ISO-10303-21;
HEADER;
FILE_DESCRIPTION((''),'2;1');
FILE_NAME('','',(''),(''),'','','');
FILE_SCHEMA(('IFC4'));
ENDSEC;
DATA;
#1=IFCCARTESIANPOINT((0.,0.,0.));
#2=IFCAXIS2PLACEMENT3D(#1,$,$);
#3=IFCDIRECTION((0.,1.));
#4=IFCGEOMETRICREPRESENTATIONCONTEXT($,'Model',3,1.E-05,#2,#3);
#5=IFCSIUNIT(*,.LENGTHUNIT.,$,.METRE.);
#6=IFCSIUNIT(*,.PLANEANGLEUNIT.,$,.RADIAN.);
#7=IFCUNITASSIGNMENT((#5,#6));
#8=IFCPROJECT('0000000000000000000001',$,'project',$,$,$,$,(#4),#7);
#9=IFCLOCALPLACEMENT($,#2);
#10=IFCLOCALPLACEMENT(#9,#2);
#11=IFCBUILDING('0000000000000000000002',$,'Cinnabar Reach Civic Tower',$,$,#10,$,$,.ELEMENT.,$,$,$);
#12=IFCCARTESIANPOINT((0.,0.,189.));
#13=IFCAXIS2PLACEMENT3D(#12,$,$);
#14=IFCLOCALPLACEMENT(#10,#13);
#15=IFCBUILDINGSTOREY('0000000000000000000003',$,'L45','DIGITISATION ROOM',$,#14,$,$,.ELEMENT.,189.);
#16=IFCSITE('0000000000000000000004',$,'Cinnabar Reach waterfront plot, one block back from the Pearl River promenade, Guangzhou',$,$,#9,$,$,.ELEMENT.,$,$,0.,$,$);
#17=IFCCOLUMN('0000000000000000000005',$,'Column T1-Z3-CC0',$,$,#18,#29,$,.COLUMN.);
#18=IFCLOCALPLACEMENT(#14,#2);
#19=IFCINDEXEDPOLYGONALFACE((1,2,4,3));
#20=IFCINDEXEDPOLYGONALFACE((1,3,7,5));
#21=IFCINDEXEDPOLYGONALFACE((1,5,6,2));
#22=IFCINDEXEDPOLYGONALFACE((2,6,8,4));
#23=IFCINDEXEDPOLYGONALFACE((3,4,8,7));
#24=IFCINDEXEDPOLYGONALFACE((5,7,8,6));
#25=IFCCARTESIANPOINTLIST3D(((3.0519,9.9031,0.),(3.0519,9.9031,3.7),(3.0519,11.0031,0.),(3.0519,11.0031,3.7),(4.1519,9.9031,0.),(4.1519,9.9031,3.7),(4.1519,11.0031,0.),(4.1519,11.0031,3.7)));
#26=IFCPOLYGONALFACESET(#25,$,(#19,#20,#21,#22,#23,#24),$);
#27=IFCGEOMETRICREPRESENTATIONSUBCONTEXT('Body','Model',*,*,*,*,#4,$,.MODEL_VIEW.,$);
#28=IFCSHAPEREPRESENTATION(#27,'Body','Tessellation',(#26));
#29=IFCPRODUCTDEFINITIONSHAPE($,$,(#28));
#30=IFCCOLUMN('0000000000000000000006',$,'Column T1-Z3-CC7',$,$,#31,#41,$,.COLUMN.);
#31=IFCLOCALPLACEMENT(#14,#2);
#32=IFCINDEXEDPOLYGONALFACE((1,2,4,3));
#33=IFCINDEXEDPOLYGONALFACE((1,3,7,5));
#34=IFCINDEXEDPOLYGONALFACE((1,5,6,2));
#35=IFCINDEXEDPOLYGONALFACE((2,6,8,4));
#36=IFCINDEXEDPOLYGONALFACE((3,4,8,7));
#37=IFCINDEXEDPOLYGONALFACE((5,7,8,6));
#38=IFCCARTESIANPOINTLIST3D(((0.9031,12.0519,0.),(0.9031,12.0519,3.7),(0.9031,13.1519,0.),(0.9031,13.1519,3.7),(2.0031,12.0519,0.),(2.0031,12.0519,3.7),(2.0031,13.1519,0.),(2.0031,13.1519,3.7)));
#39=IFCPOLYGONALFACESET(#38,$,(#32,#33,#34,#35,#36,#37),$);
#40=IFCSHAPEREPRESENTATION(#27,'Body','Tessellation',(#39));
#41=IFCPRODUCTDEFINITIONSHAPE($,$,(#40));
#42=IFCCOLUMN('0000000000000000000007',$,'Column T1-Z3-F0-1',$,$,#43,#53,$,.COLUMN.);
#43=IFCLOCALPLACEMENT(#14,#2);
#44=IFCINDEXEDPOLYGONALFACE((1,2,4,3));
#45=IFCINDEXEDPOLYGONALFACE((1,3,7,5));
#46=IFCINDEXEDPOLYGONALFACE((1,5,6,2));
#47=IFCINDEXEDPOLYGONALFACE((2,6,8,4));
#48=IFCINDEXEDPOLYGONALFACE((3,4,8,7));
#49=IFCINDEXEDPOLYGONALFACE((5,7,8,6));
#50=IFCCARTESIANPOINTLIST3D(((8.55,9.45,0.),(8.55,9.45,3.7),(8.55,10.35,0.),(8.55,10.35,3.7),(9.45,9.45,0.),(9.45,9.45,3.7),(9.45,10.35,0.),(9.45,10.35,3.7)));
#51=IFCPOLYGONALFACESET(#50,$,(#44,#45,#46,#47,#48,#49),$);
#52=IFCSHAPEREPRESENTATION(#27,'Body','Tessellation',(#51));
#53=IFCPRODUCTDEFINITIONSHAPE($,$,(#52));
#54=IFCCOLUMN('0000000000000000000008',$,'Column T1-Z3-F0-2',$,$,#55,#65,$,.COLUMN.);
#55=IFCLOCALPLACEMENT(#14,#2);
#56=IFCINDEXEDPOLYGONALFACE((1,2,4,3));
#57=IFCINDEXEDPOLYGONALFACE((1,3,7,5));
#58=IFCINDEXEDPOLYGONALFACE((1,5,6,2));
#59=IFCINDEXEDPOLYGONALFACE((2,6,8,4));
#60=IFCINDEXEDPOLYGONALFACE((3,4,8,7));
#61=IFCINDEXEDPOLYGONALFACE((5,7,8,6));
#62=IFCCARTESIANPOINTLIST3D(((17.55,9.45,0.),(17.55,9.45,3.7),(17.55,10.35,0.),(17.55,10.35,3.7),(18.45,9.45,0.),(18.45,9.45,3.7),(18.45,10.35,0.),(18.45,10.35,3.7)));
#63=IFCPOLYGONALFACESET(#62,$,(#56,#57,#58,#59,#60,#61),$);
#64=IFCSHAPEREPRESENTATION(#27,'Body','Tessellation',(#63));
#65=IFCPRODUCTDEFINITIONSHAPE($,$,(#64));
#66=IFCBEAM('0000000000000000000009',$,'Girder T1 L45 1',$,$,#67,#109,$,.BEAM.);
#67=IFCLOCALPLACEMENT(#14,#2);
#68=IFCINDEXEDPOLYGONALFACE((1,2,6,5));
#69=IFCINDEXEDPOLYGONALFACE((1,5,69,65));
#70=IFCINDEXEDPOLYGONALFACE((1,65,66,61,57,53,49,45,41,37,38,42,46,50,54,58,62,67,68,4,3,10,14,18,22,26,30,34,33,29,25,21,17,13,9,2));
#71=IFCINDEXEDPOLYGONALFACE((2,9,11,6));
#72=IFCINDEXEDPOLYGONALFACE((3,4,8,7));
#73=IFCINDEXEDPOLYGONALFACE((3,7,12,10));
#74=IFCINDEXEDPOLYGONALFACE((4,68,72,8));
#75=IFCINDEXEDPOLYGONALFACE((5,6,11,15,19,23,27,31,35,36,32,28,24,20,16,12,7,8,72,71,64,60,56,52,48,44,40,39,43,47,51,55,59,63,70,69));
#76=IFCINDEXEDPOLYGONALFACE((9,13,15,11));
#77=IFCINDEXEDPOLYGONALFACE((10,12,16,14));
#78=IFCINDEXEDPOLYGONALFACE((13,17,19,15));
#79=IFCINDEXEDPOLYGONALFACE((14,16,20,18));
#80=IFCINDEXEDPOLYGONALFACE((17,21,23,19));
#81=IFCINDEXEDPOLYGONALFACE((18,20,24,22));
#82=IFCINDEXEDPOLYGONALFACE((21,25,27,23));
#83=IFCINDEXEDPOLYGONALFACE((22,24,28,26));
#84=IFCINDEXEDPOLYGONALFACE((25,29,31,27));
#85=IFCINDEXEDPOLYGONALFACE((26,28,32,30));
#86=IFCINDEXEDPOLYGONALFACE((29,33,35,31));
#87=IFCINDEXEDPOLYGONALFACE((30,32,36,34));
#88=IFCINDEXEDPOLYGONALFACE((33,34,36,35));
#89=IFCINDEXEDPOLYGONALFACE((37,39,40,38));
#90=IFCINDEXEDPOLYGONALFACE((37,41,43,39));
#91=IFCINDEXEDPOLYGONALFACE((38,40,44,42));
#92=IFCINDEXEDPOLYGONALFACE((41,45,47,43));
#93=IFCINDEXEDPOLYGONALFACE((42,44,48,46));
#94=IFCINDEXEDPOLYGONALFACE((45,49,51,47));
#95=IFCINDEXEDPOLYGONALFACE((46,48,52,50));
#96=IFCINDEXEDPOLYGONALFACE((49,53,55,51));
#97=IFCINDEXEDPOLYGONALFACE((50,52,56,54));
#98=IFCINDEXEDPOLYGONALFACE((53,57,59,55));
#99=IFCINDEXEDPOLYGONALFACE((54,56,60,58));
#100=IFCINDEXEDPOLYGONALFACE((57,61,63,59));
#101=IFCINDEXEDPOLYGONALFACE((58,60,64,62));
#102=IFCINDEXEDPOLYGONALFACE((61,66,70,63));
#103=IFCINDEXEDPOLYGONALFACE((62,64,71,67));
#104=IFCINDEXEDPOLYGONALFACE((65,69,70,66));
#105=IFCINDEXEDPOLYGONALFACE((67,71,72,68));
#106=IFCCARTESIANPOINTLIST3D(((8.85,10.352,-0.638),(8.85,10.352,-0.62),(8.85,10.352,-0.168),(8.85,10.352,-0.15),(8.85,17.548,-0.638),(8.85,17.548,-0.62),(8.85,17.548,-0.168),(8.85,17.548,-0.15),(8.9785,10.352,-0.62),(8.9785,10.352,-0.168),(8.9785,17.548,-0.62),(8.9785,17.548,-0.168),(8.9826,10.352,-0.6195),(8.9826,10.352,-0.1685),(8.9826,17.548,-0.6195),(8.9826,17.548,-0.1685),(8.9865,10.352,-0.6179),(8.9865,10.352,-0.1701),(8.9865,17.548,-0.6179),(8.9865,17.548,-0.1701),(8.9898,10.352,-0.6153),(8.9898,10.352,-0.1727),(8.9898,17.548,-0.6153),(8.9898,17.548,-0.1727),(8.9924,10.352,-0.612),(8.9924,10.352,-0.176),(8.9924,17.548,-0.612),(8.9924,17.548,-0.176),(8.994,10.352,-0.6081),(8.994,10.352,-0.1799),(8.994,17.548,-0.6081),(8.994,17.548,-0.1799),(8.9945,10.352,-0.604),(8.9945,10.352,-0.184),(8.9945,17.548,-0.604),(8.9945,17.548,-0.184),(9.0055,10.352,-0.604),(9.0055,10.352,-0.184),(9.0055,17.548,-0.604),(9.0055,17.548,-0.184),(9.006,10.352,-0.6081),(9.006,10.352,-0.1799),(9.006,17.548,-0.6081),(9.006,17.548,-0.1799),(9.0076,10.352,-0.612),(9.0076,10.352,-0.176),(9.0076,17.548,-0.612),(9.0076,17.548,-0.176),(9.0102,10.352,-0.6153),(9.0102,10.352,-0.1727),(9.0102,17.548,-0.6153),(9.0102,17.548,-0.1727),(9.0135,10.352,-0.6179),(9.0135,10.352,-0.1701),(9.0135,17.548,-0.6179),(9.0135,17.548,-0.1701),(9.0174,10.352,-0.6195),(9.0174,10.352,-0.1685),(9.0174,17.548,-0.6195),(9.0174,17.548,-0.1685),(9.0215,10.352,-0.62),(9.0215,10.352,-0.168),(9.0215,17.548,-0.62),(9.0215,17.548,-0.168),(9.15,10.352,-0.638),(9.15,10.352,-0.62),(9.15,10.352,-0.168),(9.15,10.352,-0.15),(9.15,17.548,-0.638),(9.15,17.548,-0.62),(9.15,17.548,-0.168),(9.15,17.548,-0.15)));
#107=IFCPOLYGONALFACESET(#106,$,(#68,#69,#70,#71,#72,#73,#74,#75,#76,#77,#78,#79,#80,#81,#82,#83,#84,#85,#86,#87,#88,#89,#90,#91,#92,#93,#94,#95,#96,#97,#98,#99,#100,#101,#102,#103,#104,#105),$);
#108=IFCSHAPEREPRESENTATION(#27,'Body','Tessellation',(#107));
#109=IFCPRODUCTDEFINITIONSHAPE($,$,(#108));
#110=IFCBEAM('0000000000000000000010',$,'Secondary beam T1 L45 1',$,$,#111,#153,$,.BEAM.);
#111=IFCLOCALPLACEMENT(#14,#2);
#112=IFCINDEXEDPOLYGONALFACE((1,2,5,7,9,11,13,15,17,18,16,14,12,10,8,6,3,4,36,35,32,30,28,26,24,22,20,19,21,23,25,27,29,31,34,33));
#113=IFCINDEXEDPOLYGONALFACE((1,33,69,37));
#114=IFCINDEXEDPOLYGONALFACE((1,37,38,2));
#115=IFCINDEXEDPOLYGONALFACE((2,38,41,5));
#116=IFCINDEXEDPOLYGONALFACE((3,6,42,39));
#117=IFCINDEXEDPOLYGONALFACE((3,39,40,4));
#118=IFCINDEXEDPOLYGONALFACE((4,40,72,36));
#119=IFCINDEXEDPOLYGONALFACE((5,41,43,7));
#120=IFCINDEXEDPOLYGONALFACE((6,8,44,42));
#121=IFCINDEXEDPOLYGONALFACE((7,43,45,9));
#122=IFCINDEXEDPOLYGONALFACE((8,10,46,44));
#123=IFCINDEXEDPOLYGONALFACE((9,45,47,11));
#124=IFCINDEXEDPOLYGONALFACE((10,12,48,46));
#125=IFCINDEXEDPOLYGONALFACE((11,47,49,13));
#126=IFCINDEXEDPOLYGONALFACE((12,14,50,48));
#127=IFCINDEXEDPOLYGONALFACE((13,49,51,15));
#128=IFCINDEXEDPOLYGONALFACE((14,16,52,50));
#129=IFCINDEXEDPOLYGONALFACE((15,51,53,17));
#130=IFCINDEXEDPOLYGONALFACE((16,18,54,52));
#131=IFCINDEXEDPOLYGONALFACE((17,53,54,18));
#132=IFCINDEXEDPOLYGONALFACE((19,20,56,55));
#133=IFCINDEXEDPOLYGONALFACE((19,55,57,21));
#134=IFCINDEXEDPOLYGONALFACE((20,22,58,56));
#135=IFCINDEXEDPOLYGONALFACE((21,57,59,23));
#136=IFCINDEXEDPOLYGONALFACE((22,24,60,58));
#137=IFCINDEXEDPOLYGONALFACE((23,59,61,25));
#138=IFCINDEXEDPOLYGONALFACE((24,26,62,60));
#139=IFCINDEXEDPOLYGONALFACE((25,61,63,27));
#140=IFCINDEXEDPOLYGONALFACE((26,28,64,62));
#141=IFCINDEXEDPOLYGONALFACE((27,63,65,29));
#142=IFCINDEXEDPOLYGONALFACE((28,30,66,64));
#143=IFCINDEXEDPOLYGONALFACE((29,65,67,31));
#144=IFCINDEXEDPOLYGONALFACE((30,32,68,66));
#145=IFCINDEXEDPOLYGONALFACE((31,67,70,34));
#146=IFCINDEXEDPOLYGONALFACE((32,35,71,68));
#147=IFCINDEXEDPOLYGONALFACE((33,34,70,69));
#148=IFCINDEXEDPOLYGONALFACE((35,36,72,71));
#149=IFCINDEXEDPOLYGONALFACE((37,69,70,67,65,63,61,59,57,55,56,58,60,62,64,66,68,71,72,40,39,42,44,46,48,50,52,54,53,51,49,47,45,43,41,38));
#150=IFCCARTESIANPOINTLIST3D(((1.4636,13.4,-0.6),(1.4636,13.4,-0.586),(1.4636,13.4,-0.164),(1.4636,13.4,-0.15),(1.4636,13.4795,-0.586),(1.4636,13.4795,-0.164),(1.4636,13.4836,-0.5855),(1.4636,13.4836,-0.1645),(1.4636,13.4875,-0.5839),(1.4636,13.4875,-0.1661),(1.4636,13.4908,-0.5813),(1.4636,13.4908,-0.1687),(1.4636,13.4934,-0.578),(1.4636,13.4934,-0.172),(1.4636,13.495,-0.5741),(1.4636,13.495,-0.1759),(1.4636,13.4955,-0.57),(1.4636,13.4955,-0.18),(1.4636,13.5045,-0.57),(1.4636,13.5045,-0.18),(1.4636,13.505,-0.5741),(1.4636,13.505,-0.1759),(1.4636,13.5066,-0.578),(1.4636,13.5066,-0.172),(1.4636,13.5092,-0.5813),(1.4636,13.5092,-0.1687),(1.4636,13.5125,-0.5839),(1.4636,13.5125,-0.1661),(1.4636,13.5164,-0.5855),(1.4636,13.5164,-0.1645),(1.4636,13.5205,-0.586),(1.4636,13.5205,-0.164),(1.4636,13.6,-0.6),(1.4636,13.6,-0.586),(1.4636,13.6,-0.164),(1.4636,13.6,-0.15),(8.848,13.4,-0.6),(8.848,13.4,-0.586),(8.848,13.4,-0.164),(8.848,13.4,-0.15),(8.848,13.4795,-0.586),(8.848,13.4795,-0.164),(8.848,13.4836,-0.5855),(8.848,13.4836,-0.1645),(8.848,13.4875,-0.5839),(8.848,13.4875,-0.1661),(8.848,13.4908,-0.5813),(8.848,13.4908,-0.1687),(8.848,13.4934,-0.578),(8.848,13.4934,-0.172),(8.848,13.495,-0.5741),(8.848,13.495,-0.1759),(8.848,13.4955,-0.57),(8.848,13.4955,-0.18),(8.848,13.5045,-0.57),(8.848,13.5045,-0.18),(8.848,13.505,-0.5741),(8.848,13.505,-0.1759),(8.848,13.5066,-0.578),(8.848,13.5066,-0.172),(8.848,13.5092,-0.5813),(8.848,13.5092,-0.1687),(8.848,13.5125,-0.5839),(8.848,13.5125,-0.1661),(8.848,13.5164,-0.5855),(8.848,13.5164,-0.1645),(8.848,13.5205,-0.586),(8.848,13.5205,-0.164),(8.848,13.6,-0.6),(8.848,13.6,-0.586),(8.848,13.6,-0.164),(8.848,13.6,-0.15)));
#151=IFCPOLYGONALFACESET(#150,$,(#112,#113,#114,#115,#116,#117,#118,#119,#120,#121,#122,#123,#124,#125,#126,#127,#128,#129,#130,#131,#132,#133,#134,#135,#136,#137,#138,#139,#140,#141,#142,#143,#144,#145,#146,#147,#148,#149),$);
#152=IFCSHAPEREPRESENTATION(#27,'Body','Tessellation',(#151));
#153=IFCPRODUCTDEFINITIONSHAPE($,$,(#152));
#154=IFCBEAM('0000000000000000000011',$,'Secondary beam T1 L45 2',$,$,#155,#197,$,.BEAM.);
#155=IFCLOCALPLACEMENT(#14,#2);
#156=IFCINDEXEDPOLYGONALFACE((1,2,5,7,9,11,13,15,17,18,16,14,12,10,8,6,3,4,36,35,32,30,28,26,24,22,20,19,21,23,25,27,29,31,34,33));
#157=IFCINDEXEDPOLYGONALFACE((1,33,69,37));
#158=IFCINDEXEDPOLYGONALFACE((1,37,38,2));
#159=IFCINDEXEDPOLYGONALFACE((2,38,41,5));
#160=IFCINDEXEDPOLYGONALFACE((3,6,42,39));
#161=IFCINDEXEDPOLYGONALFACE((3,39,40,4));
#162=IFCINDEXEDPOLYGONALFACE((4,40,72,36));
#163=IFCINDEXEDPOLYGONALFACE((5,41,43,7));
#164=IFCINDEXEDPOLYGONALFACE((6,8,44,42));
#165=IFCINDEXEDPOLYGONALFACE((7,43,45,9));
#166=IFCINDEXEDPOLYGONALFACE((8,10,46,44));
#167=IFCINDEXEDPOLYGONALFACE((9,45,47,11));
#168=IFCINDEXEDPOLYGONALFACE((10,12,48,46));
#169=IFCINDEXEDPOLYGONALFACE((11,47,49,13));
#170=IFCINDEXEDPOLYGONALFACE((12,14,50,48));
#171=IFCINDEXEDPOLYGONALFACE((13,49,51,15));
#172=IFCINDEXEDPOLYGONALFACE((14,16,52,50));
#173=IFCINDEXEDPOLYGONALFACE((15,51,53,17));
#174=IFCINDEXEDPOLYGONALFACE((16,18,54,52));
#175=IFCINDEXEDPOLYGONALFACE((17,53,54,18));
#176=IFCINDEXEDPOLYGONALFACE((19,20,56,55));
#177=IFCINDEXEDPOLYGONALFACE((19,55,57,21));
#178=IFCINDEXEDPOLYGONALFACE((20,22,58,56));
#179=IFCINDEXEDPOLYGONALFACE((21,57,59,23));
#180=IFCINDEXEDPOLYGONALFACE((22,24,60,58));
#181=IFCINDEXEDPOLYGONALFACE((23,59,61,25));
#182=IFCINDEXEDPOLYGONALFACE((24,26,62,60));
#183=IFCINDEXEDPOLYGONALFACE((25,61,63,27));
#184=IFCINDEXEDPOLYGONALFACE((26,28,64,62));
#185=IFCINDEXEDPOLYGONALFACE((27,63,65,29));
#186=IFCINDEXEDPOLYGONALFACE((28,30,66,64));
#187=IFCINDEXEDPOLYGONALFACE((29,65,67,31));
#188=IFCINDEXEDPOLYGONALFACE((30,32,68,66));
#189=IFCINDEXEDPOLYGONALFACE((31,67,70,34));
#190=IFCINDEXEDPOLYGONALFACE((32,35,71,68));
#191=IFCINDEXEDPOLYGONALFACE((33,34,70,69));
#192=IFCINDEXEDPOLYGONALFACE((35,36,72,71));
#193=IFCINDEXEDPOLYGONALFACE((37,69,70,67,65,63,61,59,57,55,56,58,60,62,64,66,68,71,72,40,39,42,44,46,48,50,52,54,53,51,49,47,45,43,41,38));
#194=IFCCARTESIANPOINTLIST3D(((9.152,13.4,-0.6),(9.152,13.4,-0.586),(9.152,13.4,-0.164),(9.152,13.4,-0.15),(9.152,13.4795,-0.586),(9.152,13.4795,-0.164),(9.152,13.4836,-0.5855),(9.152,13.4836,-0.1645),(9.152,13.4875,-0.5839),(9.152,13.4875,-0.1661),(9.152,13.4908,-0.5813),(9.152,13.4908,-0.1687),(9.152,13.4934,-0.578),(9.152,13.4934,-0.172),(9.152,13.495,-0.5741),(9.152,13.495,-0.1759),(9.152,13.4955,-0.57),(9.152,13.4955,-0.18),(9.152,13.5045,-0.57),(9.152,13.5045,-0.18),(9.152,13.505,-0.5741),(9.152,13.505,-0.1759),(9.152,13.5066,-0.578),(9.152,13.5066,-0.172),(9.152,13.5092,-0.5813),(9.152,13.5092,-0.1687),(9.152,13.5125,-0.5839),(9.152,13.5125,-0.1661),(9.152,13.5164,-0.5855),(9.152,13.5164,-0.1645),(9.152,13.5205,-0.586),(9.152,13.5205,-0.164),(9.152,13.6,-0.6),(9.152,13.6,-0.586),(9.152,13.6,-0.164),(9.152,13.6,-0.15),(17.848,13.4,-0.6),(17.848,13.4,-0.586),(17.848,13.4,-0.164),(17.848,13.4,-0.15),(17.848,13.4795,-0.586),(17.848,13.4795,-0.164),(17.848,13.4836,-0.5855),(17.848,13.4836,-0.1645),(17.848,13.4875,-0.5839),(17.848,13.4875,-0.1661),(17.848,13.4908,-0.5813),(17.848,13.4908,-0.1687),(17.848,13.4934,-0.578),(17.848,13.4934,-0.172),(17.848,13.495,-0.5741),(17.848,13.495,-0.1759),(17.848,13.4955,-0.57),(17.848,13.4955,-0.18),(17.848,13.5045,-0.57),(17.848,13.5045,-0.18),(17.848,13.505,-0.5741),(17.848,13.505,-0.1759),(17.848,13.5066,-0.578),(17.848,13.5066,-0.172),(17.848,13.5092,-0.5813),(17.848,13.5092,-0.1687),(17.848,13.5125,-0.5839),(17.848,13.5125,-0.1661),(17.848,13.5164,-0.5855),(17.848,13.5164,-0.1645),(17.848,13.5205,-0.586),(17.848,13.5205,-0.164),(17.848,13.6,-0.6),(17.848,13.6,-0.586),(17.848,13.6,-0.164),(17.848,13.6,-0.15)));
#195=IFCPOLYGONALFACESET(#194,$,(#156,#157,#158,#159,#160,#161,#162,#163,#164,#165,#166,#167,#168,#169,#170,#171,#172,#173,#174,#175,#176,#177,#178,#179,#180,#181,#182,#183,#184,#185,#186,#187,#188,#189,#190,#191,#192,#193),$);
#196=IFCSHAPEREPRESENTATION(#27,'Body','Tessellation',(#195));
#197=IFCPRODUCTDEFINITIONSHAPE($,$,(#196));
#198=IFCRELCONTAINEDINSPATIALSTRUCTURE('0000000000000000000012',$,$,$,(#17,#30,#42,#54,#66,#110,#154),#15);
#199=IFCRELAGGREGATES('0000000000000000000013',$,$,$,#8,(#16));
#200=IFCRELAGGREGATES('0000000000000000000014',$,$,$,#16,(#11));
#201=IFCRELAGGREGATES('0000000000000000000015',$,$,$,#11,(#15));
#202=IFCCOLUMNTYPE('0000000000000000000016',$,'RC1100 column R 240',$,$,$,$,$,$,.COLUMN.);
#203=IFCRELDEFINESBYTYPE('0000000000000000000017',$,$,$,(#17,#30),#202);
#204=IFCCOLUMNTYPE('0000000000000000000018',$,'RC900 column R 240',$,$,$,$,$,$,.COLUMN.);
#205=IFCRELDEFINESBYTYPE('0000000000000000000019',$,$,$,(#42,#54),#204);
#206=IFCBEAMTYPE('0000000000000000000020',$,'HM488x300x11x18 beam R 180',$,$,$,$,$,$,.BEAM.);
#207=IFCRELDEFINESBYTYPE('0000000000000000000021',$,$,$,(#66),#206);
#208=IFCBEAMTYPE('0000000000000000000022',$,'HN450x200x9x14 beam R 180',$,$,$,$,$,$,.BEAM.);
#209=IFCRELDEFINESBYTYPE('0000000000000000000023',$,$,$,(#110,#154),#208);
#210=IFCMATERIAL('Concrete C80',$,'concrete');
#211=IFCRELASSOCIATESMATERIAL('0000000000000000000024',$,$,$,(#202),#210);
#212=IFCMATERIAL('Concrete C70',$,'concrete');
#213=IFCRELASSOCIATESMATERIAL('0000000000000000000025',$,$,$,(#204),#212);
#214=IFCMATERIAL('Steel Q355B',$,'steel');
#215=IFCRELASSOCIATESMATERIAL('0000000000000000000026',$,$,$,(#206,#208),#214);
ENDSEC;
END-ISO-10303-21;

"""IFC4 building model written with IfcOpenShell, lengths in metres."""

from ifc_helpers import new_model, si_unit, direction, frame, origin, origin_2d, place, context, subcontext, project, spatial, rectangle, i_section, extrude, material, material_profile, profile_set, type_object, element, save


model = new_model("IFC4")

# Units and contexts
model_context = context("Model", 3, precision=1e-05, world=origin(), true_north=direction((0.0, 1.0)))
body_context = subcontext(model_context, "Body", "Model", "MODEL_VIEW")
ifc_project = project(units=[si_unit("LENGTHUNIT", "METRE"), si_unit("PLANEANGLEUNIT", "RADIAN")], contexts=[model_context])

# Site, building, storey
site_placement = place(None, origin())
site = spatial("IfcSite", under=ifc_project, at=site_placement, Name="Cinnabar Reach waterfront plot, one block back from the Pearl River promenade, Guangzhou", CompositionType="ELEMENT", RefElevation=0.0)
building_placement = place(site_placement, origin())
building = spatial("IfcBuilding", under=site, at=building_placement, Name="Cinnabar Reach Civic Tower", CompositionType="ELEMENT")
storey_placement = place(building_placement, frame((0.0, 0.0, 189.0)))
storey = spatial("IfcBuildingStorey", under=building, at=storey_placement, Name="L45", Description="DIGITISATION ROOM", CompositionType="ELEMENT", Elevation=189.0)

# Columns
ifc_material_1 = material(Name="Concrete C80", Category="concrete")
ifc_material_profile_1 = material_profile(ifc_material_1, rectangle(XDim=1.1, YDim=1.1, at=origin_2d()), Name="RC1100")
ifc_profile_set_1 = profile_set([ifc_material_profile_1], Name="Concrete C80")
column_type_1 = type_object("IfcColumnType", Name="RC1100 column R 240", PredefinedType="COLUMN", material=ifc_profile_set_1)
for number, where, z_axis, x_axis, name in (
    (1, (3.6019, 10.4531, 0.0), (0.0, 0.0, 1.0), (1.0, 0.0, 0.0), "Column T1-Z3-CC0"),
    (2, (1.4531, 12.6019, 0.0), (0.0, 0.0, 1.0), (1.0, 0.0, 0.0), "Column T1-Z3-CC7"),
):
    element("IfcColumn", number, at=place(storey_placement, frame(where, z_axis=z_axis, x_axis=x_axis)), inside=storey, type_object=column_type_1, Name=name, PredefinedType="COLUMN", context=body_context, shape_type="SweptSolid", body=[
        extrude(rectangle(XDim=1.1, YDim=1.1, at=origin_2d()), origin(), (0.0, 0.0, 1.0), 3.7),
    ])
ifc_material_2 = material(Name="Concrete C70", Category="concrete")
ifc_material_profile_2 = material_profile(ifc_material_2, rectangle(XDim=0.9, YDim=0.9, at=origin_2d()), Name="RC900")
ifc_profile_set_2 = profile_set([ifc_material_profile_2], Name="Concrete C70")
column_type_2 = type_object("IfcColumnType", Name="RC900 column R 240", PredefinedType="COLUMN", material=ifc_profile_set_2)
for number, where, z_axis, x_axis, name in (
    (3, (9.0, 9.9, 0.0), (0.0, 0.0, 1.0), (1.0, 0.0, 0.0), "Column T1-Z3-F0-1"),
    (4, (18.0, 9.9, 0.0), (0.0, 0.0, 1.0), (1.0, 0.0, 0.0), "Column T1-Z3-F0-2"),
):
    element("IfcColumn", number, at=place(storey_placement, frame(where, z_axis=z_axis, x_axis=x_axis)), inside=storey, type_object=column_type_2, Name=name, PredefinedType="COLUMN", context=body_context, shape_type="SweptSolid", body=[
        extrude(rectangle(XDim=0.9, YDim=0.9, at=origin_2d()), origin(), (0.0, 0.0, 1.0), 3.7),
    ])

# Beams
ifc_material_3 = material(Name="Steel Q355B", Category="steel")
ifc_material_profile_3 = material_profile(ifc_material_3, i_section(OverallWidth=0.3, OverallDepth=0.488, WebThickness=0.011, FlangeThickness=0.018, FilletRadius=0.016, at=origin_2d()), Name="HM488x300x11x18")
ifc_profile_set_3 = profile_set([ifc_material_profile_3], Name="Steel Q355B")
beam_type_1 = type_object("IfcBeamType", Name="HM488x300x11x18 beam R 180", PredefinedType="BEAM", material=ifc_profile_set_3)
beam_1_placement = place(storey_placement, frame((9.0, 10.352, -0.394), z_axis=(0.0, 1.0, 0.0), x_axis=(-1.0, 0.0, 0.0)))
element("IfcBeam", 5, at=beam_1_placement, inside=storey, type_object=beam_type_1, Name="Girder T1 L45 1", PredefinedType="BEAM", context=body_context, shape_type="SweptSolid", body=[
    extrude(i_section(OverallWidth=0.3, OverallDepth=0.488, WebThickness=0.011, FlangeThickness=0.018, FilletRadius=0.016, at=origin_2d()), origin(), (0.0, 0.0, 1.0), 7.196),
])
ifc_material_profile_4 = material_profile(ifc_material_3, i_section(OverallWidth=0.2, OverallDepth=0.45, WebThickness=0.009, FlangeThickness=0.014, FilletRadius=0.016, at=origin_2d()), Name="HN450x200x9x14")
ifc_profile_set_4 = profile_set([ifc_material_profile_4], Name="Steel Q355B")
beam_type_2 = type_object("IfcBeamType", Name="HN450x200x9x14 beam R 180", PredefinedType="BEAM", material=ifc_profile_set_4)
beam_2_placement = place(storey_placement, frame((1.4636, 13.5, -0.375), z_axis=(1.0, 0.0, 0.0), x_axis=(0.0, 1.0, 0.0)))
element("IfcBeam", 6, at=beam_2_placement, inside=storey, type_object=beam_type_2, Name="Secondary beam T1 L45 1", PredefinedType="BEAM", context=body_context, shape_type="SweptSolid", body=[
    extrude(i_section(OverallWidth=0.2, OverallDepth=0.45, WebThickness=0.009, FlangeThickness=0.014, FilletRadius=0.016, at=origin_2d()), origin(), (0.0, 0.0, 1.0), 7.3844),
])
beam_3_placement = place(storey_placement, frame((9.152, 13.5, -0.375), z_axis=(1.0, 0.0, 0.0), x_axis=(0.0, 1.0, 0.0)))
element("IfcBeam", 7, at=beam_3_placement, inside=storey, type_object=beam_type_2, Name="Secondary beam T1 L45 2", PredefinedType="BEAM", context=body_context, shape_type="SweptSolid", body=[
    extrude(i_section(OverallWidth=0.2, OverallDepth=0.45, WebThickness=0.009, FlangeThickness=0.014, FilletRadius=0.016, at=origin_2d()), origin(), (0.0, 0.0, 1.0), 8.696),
])

save(model, "model.ifc")
